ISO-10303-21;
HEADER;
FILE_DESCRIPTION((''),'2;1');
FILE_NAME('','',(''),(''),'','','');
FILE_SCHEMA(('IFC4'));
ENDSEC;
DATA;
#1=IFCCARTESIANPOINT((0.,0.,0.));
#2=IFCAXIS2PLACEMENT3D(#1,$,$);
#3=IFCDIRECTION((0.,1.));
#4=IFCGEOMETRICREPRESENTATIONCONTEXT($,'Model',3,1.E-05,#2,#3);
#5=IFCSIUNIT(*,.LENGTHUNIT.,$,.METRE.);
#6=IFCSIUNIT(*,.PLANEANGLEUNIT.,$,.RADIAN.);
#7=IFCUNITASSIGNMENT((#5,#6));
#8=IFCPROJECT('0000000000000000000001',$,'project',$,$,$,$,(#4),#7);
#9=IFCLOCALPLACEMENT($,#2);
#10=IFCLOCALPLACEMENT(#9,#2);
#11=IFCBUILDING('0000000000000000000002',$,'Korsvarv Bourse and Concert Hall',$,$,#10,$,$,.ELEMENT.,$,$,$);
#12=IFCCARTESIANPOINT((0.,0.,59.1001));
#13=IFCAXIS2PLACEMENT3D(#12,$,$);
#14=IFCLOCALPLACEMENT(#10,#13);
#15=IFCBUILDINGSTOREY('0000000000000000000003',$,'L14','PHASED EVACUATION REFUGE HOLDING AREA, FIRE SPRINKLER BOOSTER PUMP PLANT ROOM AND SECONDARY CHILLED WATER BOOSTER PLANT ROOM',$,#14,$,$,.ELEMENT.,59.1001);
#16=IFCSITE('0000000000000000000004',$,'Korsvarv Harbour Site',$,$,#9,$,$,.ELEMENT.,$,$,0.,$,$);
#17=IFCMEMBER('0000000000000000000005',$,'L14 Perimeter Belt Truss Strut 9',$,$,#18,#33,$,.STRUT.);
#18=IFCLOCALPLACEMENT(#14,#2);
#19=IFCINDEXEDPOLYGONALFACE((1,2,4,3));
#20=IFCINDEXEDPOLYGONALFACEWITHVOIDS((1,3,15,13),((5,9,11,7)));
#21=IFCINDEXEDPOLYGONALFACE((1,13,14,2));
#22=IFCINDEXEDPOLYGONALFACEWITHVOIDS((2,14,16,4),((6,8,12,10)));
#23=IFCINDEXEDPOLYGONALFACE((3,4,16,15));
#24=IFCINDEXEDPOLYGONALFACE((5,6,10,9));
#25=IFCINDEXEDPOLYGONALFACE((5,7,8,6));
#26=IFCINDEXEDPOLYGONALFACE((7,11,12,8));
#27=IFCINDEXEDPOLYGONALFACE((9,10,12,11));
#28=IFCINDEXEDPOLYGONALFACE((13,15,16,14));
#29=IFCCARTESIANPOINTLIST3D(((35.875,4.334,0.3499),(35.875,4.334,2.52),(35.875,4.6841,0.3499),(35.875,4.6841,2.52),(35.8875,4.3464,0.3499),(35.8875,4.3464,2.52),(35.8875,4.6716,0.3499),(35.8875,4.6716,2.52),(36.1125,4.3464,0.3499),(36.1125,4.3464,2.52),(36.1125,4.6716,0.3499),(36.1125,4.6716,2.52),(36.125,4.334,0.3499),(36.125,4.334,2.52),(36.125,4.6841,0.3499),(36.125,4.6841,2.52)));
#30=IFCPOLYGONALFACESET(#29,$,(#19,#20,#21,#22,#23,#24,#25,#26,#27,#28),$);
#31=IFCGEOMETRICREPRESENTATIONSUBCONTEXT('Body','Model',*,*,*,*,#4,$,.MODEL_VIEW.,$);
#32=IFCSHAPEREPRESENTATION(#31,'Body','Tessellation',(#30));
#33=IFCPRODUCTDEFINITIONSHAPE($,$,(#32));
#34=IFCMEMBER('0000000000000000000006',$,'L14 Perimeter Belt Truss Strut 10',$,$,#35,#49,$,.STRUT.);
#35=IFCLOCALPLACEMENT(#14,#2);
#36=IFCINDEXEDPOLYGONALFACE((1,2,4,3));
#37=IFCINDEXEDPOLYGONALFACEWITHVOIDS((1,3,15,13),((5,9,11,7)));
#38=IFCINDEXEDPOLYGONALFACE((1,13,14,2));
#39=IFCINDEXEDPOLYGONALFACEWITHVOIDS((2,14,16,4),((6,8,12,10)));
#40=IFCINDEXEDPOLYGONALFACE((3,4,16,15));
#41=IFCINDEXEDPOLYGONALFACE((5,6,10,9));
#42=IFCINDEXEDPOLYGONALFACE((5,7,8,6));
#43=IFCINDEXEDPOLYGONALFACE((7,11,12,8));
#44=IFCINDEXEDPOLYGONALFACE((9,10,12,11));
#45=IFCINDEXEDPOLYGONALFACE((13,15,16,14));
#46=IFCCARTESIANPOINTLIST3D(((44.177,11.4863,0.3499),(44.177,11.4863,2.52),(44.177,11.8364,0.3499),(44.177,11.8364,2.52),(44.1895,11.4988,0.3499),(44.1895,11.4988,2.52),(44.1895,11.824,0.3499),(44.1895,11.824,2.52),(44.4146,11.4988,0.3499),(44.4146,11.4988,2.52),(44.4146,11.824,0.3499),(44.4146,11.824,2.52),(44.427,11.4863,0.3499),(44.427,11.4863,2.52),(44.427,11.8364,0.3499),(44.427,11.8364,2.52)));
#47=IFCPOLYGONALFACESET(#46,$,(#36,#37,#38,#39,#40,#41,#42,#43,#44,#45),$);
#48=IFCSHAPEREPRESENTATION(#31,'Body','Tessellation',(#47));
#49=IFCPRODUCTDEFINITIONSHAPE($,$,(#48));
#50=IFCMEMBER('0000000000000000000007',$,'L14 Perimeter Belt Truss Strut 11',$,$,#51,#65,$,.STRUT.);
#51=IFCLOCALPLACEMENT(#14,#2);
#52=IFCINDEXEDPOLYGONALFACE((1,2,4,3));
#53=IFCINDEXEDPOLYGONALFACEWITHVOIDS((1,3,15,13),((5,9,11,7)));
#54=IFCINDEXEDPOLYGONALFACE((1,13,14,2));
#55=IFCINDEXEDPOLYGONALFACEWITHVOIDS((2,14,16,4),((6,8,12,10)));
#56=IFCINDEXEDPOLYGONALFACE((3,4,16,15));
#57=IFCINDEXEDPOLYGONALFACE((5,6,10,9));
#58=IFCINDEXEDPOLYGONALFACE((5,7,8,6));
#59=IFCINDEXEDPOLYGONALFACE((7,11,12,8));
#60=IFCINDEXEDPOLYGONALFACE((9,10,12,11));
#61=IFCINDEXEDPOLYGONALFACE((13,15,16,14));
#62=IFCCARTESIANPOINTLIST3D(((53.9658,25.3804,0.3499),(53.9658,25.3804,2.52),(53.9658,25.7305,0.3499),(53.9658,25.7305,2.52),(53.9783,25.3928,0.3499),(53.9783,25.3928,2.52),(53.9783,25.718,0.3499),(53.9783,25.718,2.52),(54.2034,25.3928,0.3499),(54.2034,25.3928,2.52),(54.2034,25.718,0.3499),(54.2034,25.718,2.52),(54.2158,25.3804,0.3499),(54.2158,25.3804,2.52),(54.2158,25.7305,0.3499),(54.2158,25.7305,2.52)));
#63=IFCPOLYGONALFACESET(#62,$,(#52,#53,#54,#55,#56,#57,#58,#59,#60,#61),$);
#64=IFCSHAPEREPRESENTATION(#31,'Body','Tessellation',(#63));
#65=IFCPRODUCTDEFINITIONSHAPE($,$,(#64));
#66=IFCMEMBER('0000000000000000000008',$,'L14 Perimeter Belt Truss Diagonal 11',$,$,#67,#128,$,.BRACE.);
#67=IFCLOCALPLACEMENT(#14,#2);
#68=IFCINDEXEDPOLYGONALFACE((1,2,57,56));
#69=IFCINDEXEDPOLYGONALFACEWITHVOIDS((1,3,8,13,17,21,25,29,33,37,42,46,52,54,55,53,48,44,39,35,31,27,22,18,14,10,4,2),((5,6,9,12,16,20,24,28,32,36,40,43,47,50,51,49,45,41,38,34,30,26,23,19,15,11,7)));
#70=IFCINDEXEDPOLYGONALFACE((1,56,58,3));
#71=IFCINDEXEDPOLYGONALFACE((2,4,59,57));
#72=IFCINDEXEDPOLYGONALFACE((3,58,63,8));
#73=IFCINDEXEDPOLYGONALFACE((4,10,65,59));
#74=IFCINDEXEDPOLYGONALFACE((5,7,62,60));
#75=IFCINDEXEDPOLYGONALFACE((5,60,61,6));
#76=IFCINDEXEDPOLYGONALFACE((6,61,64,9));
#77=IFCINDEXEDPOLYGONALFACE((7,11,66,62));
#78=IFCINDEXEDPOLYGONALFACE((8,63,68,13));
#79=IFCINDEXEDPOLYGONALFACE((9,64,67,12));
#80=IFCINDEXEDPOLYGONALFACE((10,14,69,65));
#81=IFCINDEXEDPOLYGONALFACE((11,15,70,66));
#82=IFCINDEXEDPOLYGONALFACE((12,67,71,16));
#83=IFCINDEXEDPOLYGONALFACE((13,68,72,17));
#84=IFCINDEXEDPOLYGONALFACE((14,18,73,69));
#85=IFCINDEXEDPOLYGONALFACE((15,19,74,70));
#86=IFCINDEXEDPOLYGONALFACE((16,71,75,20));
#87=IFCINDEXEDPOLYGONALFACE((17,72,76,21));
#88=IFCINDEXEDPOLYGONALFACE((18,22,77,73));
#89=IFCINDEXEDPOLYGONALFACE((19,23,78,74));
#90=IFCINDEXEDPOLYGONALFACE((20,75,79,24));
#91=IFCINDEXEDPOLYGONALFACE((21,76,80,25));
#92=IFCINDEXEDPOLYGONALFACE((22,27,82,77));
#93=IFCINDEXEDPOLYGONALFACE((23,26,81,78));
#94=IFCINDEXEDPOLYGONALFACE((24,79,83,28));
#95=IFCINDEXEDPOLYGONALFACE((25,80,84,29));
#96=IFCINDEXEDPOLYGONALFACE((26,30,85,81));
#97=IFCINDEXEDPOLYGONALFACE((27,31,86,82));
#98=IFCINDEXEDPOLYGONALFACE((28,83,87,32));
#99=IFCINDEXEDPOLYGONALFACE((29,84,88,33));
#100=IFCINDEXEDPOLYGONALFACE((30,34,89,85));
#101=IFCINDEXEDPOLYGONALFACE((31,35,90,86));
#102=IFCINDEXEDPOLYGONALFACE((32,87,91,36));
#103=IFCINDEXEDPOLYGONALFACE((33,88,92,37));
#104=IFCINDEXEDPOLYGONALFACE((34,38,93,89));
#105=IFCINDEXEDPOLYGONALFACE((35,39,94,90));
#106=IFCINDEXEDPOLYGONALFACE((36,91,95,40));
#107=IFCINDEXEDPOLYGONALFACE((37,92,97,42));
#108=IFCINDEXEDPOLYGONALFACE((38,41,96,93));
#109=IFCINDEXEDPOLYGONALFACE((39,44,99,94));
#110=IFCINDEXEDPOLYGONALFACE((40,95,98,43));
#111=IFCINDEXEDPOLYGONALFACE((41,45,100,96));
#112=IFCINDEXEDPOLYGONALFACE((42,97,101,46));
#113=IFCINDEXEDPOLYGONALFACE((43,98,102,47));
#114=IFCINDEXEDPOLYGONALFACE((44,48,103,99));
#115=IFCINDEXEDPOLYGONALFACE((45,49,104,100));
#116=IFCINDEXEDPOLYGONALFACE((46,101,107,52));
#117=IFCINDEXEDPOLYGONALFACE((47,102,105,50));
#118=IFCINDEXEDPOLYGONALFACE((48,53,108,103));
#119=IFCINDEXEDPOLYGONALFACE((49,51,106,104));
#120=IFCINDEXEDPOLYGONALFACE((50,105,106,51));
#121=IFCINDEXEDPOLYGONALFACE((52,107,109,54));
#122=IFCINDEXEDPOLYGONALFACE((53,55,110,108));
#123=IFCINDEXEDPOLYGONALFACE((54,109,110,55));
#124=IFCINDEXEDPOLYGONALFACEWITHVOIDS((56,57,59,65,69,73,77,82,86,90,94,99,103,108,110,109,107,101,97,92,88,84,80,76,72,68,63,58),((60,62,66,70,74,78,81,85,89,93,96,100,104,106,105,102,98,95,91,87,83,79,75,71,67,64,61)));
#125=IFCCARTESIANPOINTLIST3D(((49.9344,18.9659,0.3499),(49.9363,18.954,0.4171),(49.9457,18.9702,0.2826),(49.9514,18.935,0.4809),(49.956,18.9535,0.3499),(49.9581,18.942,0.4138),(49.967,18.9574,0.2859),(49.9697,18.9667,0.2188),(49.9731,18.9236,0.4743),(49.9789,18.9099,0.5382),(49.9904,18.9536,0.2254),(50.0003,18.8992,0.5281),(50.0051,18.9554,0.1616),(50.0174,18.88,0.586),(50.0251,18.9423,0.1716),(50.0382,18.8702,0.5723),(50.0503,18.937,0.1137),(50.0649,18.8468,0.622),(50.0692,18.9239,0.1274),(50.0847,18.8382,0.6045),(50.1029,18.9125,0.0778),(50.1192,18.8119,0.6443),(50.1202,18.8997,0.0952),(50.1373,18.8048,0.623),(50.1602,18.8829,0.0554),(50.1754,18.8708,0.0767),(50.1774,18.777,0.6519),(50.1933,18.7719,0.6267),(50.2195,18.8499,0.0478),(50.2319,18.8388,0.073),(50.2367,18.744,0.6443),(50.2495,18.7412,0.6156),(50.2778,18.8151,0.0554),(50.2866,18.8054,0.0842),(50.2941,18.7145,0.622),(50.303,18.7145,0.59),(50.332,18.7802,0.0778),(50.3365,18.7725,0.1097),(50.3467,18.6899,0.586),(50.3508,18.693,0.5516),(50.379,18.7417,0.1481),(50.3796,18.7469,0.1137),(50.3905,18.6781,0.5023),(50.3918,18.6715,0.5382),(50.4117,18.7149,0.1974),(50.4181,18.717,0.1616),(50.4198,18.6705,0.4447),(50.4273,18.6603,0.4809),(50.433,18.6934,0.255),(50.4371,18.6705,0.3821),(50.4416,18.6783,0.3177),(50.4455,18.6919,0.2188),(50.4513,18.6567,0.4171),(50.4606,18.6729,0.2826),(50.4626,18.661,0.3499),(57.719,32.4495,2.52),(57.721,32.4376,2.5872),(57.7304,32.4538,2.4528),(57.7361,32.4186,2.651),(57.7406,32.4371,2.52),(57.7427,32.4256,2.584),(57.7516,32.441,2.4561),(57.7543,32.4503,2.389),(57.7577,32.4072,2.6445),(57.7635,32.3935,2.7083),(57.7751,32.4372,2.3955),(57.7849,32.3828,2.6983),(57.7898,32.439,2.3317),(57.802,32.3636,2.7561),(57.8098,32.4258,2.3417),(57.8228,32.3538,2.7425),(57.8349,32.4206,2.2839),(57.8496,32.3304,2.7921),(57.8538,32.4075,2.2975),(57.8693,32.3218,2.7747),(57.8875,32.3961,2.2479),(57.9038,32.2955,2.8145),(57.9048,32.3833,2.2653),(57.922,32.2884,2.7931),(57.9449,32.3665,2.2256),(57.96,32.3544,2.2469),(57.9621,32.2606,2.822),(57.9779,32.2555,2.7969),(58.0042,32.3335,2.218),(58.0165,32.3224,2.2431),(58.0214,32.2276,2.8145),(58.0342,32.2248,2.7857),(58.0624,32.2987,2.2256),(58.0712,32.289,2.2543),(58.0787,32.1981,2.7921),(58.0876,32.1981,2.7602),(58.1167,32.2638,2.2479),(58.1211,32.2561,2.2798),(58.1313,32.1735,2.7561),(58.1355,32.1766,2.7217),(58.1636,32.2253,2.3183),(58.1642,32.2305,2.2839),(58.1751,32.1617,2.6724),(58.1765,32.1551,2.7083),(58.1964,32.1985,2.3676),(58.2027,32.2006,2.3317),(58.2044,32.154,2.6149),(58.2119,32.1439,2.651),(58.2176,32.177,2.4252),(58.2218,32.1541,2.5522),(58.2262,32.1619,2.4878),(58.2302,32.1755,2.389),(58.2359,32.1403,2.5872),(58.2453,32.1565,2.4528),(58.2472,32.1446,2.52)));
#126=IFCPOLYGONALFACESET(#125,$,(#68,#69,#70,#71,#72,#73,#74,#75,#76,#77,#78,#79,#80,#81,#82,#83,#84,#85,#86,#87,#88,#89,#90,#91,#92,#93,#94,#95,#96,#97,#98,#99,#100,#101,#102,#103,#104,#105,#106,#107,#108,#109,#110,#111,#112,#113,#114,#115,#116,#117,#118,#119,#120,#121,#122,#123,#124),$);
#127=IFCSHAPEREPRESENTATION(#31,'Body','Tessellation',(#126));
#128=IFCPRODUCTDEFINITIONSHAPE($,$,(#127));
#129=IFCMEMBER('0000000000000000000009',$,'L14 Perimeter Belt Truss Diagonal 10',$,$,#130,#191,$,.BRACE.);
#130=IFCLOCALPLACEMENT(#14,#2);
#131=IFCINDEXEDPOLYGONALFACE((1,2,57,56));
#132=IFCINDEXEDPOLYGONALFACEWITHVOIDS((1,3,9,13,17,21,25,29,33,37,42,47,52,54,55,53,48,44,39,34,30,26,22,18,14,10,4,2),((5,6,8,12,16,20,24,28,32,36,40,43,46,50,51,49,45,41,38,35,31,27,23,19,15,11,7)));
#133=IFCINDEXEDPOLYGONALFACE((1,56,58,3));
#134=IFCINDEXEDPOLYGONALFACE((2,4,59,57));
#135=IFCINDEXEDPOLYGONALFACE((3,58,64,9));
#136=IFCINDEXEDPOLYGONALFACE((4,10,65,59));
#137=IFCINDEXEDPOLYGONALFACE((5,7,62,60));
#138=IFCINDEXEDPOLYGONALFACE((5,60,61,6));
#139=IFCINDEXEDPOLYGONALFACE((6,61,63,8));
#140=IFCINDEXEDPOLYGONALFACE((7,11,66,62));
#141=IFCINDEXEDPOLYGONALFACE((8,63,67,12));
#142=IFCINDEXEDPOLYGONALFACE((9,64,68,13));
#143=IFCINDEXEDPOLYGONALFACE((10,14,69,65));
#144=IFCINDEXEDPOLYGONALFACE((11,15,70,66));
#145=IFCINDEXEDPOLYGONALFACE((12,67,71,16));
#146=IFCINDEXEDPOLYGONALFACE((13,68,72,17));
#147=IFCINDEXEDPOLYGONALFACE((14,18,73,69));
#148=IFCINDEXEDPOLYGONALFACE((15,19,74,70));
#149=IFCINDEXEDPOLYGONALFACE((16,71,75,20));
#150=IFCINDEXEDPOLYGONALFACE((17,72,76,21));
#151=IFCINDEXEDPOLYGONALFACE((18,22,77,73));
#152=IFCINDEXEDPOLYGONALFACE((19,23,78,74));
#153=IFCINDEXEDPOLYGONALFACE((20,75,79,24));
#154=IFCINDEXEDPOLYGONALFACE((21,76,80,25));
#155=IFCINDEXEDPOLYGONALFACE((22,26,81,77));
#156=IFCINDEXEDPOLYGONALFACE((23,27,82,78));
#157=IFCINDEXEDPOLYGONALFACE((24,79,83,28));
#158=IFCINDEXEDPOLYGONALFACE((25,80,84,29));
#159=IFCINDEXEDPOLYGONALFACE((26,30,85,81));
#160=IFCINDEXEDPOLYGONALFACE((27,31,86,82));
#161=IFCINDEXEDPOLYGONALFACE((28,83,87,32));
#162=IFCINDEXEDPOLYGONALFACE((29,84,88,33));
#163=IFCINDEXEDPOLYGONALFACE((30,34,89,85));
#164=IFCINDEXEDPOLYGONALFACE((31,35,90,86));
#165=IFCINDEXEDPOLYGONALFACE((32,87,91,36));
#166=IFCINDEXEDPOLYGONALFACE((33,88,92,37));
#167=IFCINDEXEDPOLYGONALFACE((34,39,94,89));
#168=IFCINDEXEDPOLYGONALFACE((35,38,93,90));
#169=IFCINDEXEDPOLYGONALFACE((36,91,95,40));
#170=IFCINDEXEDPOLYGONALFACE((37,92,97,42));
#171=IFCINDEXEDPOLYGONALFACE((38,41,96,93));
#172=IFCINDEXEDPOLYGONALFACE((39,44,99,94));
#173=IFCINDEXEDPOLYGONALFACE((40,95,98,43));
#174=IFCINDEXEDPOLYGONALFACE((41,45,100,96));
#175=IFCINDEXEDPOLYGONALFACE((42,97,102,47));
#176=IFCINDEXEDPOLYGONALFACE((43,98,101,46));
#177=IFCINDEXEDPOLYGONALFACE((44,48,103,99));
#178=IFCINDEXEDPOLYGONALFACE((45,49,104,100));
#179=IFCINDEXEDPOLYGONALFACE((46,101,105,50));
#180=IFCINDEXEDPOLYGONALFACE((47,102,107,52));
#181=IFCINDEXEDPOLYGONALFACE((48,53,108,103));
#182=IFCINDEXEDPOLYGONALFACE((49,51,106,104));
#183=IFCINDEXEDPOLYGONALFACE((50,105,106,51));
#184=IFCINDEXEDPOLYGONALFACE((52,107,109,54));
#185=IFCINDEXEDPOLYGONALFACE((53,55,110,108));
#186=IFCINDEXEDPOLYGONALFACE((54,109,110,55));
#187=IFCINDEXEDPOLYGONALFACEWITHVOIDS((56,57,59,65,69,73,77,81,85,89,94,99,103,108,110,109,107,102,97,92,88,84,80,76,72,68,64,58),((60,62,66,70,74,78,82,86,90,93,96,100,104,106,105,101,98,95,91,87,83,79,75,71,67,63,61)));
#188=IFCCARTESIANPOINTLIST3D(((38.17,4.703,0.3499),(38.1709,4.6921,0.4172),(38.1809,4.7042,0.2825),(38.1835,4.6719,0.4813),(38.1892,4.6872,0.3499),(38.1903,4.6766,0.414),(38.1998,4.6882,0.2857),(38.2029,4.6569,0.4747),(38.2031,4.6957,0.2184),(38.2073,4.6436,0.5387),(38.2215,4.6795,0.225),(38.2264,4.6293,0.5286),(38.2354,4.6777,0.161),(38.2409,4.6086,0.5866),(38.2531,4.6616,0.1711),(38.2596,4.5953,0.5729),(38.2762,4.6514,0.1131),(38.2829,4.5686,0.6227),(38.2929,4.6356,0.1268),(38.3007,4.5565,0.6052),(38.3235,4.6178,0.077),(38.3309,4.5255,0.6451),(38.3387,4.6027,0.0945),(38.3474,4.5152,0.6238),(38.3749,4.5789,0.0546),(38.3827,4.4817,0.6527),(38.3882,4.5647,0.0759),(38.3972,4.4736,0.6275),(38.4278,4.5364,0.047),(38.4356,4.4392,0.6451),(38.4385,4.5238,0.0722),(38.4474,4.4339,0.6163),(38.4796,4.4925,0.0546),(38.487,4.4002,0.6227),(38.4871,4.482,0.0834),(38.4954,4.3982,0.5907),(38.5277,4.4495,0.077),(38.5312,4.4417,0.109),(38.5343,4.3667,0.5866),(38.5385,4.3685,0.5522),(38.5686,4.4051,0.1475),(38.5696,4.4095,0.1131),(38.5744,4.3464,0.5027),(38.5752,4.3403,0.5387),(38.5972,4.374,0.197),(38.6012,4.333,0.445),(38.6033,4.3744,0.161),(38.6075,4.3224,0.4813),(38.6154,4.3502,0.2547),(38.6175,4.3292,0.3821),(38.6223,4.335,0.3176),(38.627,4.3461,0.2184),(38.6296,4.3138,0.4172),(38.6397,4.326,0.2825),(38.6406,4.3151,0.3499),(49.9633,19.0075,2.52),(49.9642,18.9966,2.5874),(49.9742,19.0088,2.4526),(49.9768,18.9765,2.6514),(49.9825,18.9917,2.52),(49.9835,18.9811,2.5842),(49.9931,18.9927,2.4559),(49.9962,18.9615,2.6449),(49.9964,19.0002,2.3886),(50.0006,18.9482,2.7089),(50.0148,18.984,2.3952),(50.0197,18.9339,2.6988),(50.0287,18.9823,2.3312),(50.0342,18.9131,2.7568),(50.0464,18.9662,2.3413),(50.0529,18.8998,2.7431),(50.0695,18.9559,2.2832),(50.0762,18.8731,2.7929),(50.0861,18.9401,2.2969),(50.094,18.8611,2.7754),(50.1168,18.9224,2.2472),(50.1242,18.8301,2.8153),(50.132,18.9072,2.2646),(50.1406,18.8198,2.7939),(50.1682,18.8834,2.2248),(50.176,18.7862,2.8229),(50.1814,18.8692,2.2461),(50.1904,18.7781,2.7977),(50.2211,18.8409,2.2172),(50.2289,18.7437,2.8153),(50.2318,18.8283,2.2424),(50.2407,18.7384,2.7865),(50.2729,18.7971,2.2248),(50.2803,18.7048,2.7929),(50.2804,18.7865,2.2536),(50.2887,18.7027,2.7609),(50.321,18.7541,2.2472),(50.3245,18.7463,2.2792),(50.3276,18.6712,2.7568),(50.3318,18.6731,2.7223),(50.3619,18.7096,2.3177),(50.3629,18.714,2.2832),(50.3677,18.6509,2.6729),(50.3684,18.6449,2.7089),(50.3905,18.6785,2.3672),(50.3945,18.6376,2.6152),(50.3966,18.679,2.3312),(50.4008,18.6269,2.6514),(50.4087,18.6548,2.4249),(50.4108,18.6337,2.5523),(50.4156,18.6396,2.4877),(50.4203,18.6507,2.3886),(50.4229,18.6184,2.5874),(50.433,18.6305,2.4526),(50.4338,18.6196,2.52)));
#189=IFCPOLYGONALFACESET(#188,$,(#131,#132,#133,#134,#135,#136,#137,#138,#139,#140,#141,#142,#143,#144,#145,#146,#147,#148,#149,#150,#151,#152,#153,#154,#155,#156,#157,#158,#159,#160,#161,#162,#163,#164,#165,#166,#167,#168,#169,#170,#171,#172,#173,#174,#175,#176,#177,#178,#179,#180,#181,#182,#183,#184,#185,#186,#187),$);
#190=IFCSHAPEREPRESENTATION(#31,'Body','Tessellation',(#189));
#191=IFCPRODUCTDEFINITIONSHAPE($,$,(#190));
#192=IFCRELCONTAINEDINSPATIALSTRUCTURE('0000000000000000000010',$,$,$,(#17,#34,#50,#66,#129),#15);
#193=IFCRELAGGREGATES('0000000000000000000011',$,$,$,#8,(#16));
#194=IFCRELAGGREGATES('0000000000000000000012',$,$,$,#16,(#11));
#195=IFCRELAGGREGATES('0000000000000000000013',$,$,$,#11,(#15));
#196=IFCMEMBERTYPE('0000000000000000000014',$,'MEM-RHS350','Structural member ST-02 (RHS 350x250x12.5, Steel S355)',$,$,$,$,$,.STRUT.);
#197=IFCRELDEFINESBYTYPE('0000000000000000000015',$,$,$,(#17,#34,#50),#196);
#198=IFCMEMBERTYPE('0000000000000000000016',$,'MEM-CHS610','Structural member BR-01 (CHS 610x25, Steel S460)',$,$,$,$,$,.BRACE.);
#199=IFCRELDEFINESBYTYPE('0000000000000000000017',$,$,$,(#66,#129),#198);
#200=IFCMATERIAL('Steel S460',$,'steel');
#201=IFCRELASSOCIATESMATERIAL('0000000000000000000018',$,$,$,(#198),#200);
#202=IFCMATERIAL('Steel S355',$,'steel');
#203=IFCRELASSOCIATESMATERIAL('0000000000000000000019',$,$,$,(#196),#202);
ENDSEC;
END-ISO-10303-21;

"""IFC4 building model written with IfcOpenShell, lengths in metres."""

from ifc_helpers import new_model, si_unit, direction, frame, origin, origin_2d, place, context, subcontext, project, spatial, hollow_rectangle, hollow_circle, extrude, source, transform, mapped, material, material_profile, profile_set, type_object, element, save


model = new_model("IFC4")

# Units and contexts
model_context = context("Model", 3, precision=1e-05, world=origin(), true_north=direction((0.0, 1.0)))
body_context = subcontext(model_context, "Body", "Model", "MODEL_VIEW")
ifc_project = project(units=[si_unit("LENGTHUNIT", "METRE"), si_unit("PLANEANGLEUNIT", "RADIAN")], contexts=[model_context])

# Site, building, storey
site_placement = place(None, origin())
site = spatial("IfcSite", under=ifc_project, at=site_placement, Name="Korsvarv Harbour Site", CompositionType="ELEMENT", RefElevation=0.0)
building_placement = place(site_placement, origin())
building = spatial("IfcBuilding", under=site, at=building_placement, Name="Korsvarv Bourse and Concert Hall", CompositionType="ELEMENT")
storey_placement = place(building_placement, frame((0.0, 0.0, 59.1001)))
storey = spatial("IfcBuildingStorey", under=building, at=storey_placement, Name="L14", Description="PHASED EVACUATION REFUGE HOLDING AREA, FIRE SPRINKLER BOOSTER PUMP PLANT ROOM AND SECONDARY CHILLED WATER BOOSTER PLANT ROOM", CompositionType="ELEMENT", Elevation=59.1001)

# Shared definitions
ifc_material_1 = material(Name="Steel S460", Category="steel")

# Members
ifc_material_profile_1 = material_profile(ifc_material_1, hollow_circle(Radius=0.3049, WallThickness=0.0249, at=origin_2d()), Name="CHS 610x25")
ifc_profile_set_1 = profile_set([ifc_material_profile_1], Name="Steel S460")
member_type_1 = type_object("IfcMemberType", Name="MEM-CHS610", Description="Structural member BR-01 (CHS 610x25, Steel S460)", PredefinedType="BRACE", material=ifc_profile_set_1)
ifc_material_2 = material(Name="Steel S355", Category="steel")
ifc_material_profile_2 = material_profile(ifc_material_2, hollow_rectangle(XDim=0.25, YDim=0.3501, WallThickness=0.0125, at=origin_2d()), Name="RHS 350x250x12.5")
ifc_profile_set_2 = profile_set([ifc_material_profile_2], Name="Steel S355")
member_type_2 = type_object("IfcMemberType", Name="MEM-RHS350", Description="Structural member ST-02 (RHS 350x250x12.5, Steel S355)", PredefinedType="STRUT", material=ifc_profile_set_2)
shared_shape_1 = source(origin(), body_context, "Body", "SweptSolid", [
    extrude(hollow_rectangle(XDim=0.25, YDim=0.3501, WallThickness=0.0125, at=origin_2d()), origin(), (0.0, 0.0, 1.0), 2.1702),
])
for number, where, z_axis, x_axis, name in (
    (1, (36.0, 4.509, 0.3499), (0.0, 0.0, 1.0), (1.0, 0.0, 0.0), "L14 Perimeter Belt Truss Strut 9"),
    (2, (44.302, 11.6614, 0.3499), (0.0, 0.0, 1.0), (1.0, 0.0, 0.0), "L14 Perimeter Belt Truss Strut 10"),
    (3, (54.0908, 25.5554, 0.3499), (0.0, 0.0, 1.0), (1.0, 0.0, 0.0), "L14 Perimeter Belt Truss Strut 11"),
):
    element("IfcMember", number, at=place(storey_placement, frame(where, z_axis=z_axis, x_axis=x_axis)), inside=storey, type_object=member_type_2, Name=name, PredefinedType="STRUT", context=body_context, shape_type="MappedRepresentation", body=[
        mapped(shared_shape_1, transform((0.0, 0.0, 0.0), scale=1.0)),
    ])
shared_shape_2 = source(origin(), body_context, "Body", "SweptSolid", [
    extrude(hollow_circle(Radius=0.3049, WallThickness=0.0249, at=origin_2d()), origin(), (0.0, 0.0, 1.0), 15.72),
])
member_1_placement = place(storey_placement, frame((50.1985, 18.8135, 0.3499), z_axis=(0.495207, 0.857737, 0.138051), x_axis=(-0.866029, 0.499994, 0.0)))
element("IfcMember", 4, at=member_1_placement, inside=storey, type_object=member_type_1, Name="L14 Perimeter Belt Truss Diagonal 11", PredefinedType="BRACE", context=body_context, shape_type="MappedRepresentation", body=[
    mapped(shared_shape_2, transform((0.0, 0.0, 0.0), scale=1.0)),
])
shared_shape_3 = source(origin(), body_context, "Body", "SweptSolid", [
    extrude(hollow_circle(Radius=0.3049, WallThickness=0.0249, at=origin_2d()), origin(), (0.0, 0.0, 1.0), 18.6658),
])
member_2_placement = place(storey_placement, frame((38.4053, 4.509, 0.3499), z_axis=(0.631814, 0.766351, 0.116265), x_axis=(-0.771584, 0.636128, 0.0)))
element("IfcMember", 5, at=member_2_placement, inside=storey, type_object=member_type_1, Name="L14 Perimeter Belt Truss Diagonal 10", PredefinedType="BRACE", context=body_context, shape_type="MappedRepresentation", body=[
    mapped(shared_shape_3, transform((0.0, 0.0, 0.0), scale=1.0)),
])

save(model, "model.ifc")
